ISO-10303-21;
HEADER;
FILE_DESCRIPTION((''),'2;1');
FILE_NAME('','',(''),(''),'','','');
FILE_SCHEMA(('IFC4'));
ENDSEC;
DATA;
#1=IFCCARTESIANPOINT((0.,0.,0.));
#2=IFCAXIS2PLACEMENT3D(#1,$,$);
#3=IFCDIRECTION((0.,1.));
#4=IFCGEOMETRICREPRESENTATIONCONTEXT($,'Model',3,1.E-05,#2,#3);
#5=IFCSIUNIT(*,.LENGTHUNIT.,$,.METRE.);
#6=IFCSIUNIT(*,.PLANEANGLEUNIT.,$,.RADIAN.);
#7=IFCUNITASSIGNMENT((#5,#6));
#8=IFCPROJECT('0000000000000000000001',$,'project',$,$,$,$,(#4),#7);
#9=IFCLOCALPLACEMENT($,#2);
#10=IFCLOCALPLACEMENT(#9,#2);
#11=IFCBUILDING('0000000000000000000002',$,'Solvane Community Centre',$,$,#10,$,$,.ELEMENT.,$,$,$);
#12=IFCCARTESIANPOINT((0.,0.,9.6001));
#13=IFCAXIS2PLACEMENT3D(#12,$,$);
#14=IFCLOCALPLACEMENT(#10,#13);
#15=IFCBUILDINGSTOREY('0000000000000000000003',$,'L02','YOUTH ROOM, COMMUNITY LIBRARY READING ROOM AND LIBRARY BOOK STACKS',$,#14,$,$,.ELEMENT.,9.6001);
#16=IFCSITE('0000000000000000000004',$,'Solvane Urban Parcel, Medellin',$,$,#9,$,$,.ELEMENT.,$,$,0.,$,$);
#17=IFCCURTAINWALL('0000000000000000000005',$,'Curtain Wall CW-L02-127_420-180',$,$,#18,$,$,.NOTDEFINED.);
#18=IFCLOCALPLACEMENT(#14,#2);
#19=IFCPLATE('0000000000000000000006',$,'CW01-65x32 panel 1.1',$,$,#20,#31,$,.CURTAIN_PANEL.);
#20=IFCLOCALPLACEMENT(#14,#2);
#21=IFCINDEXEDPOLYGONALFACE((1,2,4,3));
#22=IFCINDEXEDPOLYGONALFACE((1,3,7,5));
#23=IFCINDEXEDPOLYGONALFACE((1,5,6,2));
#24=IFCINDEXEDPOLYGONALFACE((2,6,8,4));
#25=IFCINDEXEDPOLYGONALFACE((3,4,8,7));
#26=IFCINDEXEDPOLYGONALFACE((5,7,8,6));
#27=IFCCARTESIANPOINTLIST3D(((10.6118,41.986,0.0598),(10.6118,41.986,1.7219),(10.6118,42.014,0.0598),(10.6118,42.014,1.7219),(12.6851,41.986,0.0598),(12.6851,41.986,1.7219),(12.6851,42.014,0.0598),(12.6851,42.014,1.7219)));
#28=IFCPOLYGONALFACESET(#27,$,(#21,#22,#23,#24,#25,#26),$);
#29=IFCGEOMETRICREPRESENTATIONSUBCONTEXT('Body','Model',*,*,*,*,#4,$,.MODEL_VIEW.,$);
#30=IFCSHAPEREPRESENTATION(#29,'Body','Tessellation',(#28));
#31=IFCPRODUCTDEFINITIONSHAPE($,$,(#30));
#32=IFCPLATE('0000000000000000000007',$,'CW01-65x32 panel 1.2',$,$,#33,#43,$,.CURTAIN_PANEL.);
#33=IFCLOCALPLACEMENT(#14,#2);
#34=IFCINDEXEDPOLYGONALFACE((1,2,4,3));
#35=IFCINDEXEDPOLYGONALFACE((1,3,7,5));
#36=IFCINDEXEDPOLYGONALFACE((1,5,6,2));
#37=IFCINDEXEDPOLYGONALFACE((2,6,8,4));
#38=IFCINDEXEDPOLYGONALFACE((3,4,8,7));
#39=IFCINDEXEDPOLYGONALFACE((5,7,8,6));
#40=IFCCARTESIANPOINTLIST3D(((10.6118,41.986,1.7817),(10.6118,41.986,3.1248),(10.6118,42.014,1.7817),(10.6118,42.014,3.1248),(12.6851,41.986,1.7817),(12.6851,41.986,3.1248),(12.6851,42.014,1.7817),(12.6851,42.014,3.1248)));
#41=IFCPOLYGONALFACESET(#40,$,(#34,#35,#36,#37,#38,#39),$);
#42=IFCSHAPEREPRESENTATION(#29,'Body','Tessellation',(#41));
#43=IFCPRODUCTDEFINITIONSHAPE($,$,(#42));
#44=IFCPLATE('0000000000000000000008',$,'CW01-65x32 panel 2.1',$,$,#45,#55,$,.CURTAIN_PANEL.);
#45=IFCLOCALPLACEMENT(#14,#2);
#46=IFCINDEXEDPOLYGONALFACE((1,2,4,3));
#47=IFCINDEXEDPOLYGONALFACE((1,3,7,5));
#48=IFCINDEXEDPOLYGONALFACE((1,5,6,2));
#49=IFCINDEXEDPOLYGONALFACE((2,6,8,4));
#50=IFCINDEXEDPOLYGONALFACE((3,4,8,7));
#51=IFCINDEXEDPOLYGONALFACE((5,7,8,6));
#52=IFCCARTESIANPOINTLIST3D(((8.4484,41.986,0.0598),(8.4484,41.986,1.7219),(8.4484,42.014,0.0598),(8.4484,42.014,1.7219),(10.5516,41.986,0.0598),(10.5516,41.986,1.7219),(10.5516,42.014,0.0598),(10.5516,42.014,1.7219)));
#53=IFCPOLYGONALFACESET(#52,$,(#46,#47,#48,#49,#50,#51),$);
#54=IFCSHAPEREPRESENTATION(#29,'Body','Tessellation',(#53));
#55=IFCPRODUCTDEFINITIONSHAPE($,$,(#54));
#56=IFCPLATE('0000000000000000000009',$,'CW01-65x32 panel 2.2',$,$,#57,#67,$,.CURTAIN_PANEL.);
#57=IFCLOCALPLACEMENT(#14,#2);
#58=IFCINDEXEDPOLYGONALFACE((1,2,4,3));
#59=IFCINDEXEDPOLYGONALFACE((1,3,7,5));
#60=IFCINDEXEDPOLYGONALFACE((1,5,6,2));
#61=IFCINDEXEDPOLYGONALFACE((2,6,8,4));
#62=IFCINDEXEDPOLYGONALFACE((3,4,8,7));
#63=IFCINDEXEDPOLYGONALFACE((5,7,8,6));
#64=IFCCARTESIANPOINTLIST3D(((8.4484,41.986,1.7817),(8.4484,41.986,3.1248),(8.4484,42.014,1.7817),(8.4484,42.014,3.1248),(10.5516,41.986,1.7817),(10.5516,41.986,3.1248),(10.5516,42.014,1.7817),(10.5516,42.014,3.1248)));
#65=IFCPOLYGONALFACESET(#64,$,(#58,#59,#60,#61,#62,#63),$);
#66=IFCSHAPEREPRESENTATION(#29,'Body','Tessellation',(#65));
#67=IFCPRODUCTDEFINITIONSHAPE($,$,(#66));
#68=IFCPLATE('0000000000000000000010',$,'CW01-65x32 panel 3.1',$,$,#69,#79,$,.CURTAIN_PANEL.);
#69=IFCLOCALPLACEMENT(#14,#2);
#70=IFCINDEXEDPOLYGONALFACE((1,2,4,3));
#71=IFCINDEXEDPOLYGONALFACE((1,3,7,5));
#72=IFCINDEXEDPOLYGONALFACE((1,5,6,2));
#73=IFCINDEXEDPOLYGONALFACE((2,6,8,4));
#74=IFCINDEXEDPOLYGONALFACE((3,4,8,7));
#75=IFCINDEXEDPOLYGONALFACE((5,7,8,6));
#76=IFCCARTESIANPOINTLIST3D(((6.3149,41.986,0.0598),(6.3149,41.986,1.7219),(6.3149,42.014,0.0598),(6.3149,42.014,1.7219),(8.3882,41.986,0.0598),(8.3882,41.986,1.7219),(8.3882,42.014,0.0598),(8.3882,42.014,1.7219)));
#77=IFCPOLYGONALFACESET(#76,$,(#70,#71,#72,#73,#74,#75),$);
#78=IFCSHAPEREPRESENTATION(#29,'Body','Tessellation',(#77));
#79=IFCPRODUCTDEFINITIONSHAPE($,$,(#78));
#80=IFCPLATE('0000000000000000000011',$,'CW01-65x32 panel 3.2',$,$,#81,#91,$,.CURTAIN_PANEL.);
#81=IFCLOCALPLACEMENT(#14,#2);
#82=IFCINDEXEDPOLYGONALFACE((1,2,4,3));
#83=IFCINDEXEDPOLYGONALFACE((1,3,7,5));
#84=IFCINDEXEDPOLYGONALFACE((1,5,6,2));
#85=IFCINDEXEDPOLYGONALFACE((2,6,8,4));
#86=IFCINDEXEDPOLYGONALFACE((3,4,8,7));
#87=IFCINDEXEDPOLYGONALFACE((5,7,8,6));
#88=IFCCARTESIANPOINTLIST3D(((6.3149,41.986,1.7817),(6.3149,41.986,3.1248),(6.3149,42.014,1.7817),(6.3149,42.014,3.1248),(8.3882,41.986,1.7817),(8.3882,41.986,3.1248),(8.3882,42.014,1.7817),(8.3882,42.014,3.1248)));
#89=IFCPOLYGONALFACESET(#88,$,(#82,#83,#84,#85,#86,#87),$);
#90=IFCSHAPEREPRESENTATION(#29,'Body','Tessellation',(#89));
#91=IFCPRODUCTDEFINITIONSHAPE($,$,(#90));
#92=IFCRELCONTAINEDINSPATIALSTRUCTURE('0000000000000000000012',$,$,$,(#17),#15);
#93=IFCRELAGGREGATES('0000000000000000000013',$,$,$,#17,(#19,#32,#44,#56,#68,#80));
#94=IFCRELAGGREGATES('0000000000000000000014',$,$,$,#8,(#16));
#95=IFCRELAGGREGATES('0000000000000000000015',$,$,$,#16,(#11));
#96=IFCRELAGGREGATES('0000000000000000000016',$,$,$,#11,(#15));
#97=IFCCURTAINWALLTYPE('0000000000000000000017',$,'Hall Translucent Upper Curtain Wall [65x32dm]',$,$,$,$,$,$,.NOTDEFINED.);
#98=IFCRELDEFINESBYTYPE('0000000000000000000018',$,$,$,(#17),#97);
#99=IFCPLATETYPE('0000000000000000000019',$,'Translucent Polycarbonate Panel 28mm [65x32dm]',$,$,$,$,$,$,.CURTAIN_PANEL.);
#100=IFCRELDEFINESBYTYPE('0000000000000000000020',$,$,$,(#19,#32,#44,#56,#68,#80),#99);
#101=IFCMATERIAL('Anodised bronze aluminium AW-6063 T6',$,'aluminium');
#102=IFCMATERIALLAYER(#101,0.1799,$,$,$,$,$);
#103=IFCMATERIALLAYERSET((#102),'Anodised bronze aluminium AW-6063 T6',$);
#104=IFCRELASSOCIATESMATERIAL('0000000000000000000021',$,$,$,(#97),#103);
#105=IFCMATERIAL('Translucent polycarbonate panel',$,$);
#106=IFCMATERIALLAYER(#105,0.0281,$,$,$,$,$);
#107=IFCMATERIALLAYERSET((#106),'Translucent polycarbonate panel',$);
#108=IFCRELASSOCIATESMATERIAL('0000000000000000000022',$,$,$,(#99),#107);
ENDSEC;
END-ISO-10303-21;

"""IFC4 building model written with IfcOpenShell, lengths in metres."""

from ifc_helpers import new_model, si_unit, direction, frame, origin, origin_2d, place, context, subcontext, project, spatial, rectangle, extrude, material, layer, layer_set, type_object, element, aggregate, save


model = new_model("IFC4")

# Units and contexts
model_context = context("Model", 3, precision=1e-05, world=origin(), true_north=direction((0.0, 1.0)))
body_context = subcontext(model_context, "Body", "Model", "MODEL_VIEW")
ifc_project = project(units=[si_unit("LENGTHUNIT", "METRE"), si_unit("PLANEANGLEUNIT", "RADIAN")], contexts=[model_context])

# Site, building, storey
site_placement = place(None, origin())
site = spatial("IfcSite", under=ifc_project, at=site_placement, Name="Solvane Urban Parcel, Medellin", CompositionType="ELEMENT", RefElevation=0.0)
building_placement = place(site_placement, origin())
building = spatial("IfcBuilding", under=site, at=building_placement, Name="Solvane Community Centre", CompositionType="ELEMENT")
storey_placement = place(building_placement, frame((0.0, 0.0, 9.6001)))
storey = spatial("IfcBuildingStorey", under=building, at=storey_placement, Name="L02", Description="YOUTH ROOM, COMMUNITY LIBRARY READING ROOM AND LIBRARY BOOK STACKS", CompositionType="ELEMENT", Elevation=9.6001)

# Curtain wall
ifc_material_1 = material(Name="Anodised bronze aluminium AW-6063 T6", Category="aluminium")
ifc_layer_1 = layer(ifc_material_1, 0.1799)
ifc_layer_set_1 = layer_set([ifc_layer_1], Name="Anodised bronze aluminium AW-6063 T6")
curtain_wall_type = type_object("IfcCurtainWallType", Name="Hall Translucent Upper Curtain Wall [65x32dm]", PredefinedType="NOTDEFINED", material=ifc_layer_set_1)
curtain_wall_placement = place(storey_placement, origin())
curtain_wall = element("IfcCurtainWall", 1, at=curtain_wall_placement, inside=storey, type_object=curtain_wall_type, Name="Curtain Wall CW-L02-127_420-180", PredefinedType="NOTDEFINED")

# Plates
ifc_material_2 = material(Name="Translucent polycarbonate panel")
ifc_layer_2 = layer(ifc_material_2, 0.0281)
ifc_layer_set_2 = layer_set([ifc_layer_2], Name="Translucent polycarbonate panel")
plate_type = type_object("IfcPlateType", Name="Translucent Polycarbonate Panel 28mm [65x32dm]", PredefinedType="CURTAIN_PANEL", material=ifc_layer_set_2)
plate_1_placement = place(storey_placement, frame((11.6484, 42.0, 0.0598), z_axis=(0.0, 0.0, 1.0), x_axis=(-1.0, 0.0, 0.0)))
plate_1 = element("IfcPlate", 2, at=plate_1_placement, type_object=plate_type, Name="CW01-65x32 panel 1.1", PredefinedType="CURTAIN_PANEL", context=body_context, shape_type="SweptSolid", body=[
    extrude(rectangle(XDim=2.0732, YDim=0.0281, at=origin_2d()), origin(), (0.0, 0.0, 1.0), 1.6621),
])
plate_2_placement = place(storey_placement, frame((11.6484, 42.0, 1.7817), z_axis=(0.0, 0.0, 1.0), x_axis=(-1.0, 0.0, 0.0)))
plate_2 = element("IfcPlate", 3, at=plate_2_placement, type_object=plate_type, Name="CW01-65x32 panel 1.2", PredefinedType="CURTAIN_PANEL", context=body_context, shape_type="SweptSolid", body=[
    extrude(rectangle(XDim=2.0732, YDim=0.0281, at=origin_2d()), origin(), (0.0, 0.0, 1.0), 1.343),
])
plate_3_placement = place(storey_placement, frame((9.5, 42.0, 0.0598), z_axis=(0.0, 0.0, 1.0), x_axis=(-1.0, 0.0, 0.0)))
plate_3 = element("IfcPlate", 4, at=plate_3_placement, type_object=plate_type, Name="CW01-65x32 panel 2.1", PredefinedType="CURTAIN_PANEL", context=body_context, shape_type="SweptSolid", body=[
    extrude(rectangle(XDim=2.1033, YDim=0.0281, at=origin_2d()), origin(), (0.0, 0.0, 1.0), 1.6621),
])
plate_4_placement = place(storey_placement, frame((9.5, 42.0, 1.7817), z_axis=(0.0, 0.0, 1.0), x_axis=(-1.0, 0.0, 0.0)))
plate_4 = element("IfcPlate", 5, at=plate_4_placement, type_object=plate_type, Name="CW01-65x32 panel 2.2", PredefinedType="CURTAIN_PANEL", context=body_context, shape_type="SweptSolid", body=[
    extrude(rectangle(XDim=2.1033, YDim=0.0281, at=origin_2d()), origin(), (0.0, 0.0, 1.0), 1.343),
])
plate_5_placement = place(storey_placement, frame((7.3516, 42.0, 0.0598), z_axis=(0.0, 0.0, 1.0), x_axis=(-1.0, 0.0, 0.0)))
plate_5 = element("IfcPlate", 6, at=plate_5_placement, type_object=plate_type, Name="CW01-65x32 panel 3.1", PredefinedType="CURTAIN_PANEL", context=body_context, shape_type="SweptSolid", body=[
    extrude(rectangle(XDim=2.0732, YDim=0.0281, at=origin_2d()), origin(), (0.0, 0.0, 1.0), 1.6621),
])
plate_6_placement = place(storey_placement, frame((7.3516, 42.0, 1.7817), z_axis=(0.0, 0.0, 1.0), x_axis=(-1.0, 0.0, 0.0)))
plate_6 = element("IfcPlate", 7, at=plate_6_placement, type_object=plate_type, Name="CW01-65x32 panel 3.2", PredefinedType="CURTAIN_PANEL", context=body_context, shape_type="SweptSolid", body=[
    extrude(rectangle(XDim=2.0732, YDim=0.0281, at=origin_2d()), origin(), (0.0, 0.0, 1.0), 1.343),
])
aggregate(curtain_wall, [plate_1, plate_2, plate_3, plate_4, plate_5, plate_6])

save(model, "model.ifc")
